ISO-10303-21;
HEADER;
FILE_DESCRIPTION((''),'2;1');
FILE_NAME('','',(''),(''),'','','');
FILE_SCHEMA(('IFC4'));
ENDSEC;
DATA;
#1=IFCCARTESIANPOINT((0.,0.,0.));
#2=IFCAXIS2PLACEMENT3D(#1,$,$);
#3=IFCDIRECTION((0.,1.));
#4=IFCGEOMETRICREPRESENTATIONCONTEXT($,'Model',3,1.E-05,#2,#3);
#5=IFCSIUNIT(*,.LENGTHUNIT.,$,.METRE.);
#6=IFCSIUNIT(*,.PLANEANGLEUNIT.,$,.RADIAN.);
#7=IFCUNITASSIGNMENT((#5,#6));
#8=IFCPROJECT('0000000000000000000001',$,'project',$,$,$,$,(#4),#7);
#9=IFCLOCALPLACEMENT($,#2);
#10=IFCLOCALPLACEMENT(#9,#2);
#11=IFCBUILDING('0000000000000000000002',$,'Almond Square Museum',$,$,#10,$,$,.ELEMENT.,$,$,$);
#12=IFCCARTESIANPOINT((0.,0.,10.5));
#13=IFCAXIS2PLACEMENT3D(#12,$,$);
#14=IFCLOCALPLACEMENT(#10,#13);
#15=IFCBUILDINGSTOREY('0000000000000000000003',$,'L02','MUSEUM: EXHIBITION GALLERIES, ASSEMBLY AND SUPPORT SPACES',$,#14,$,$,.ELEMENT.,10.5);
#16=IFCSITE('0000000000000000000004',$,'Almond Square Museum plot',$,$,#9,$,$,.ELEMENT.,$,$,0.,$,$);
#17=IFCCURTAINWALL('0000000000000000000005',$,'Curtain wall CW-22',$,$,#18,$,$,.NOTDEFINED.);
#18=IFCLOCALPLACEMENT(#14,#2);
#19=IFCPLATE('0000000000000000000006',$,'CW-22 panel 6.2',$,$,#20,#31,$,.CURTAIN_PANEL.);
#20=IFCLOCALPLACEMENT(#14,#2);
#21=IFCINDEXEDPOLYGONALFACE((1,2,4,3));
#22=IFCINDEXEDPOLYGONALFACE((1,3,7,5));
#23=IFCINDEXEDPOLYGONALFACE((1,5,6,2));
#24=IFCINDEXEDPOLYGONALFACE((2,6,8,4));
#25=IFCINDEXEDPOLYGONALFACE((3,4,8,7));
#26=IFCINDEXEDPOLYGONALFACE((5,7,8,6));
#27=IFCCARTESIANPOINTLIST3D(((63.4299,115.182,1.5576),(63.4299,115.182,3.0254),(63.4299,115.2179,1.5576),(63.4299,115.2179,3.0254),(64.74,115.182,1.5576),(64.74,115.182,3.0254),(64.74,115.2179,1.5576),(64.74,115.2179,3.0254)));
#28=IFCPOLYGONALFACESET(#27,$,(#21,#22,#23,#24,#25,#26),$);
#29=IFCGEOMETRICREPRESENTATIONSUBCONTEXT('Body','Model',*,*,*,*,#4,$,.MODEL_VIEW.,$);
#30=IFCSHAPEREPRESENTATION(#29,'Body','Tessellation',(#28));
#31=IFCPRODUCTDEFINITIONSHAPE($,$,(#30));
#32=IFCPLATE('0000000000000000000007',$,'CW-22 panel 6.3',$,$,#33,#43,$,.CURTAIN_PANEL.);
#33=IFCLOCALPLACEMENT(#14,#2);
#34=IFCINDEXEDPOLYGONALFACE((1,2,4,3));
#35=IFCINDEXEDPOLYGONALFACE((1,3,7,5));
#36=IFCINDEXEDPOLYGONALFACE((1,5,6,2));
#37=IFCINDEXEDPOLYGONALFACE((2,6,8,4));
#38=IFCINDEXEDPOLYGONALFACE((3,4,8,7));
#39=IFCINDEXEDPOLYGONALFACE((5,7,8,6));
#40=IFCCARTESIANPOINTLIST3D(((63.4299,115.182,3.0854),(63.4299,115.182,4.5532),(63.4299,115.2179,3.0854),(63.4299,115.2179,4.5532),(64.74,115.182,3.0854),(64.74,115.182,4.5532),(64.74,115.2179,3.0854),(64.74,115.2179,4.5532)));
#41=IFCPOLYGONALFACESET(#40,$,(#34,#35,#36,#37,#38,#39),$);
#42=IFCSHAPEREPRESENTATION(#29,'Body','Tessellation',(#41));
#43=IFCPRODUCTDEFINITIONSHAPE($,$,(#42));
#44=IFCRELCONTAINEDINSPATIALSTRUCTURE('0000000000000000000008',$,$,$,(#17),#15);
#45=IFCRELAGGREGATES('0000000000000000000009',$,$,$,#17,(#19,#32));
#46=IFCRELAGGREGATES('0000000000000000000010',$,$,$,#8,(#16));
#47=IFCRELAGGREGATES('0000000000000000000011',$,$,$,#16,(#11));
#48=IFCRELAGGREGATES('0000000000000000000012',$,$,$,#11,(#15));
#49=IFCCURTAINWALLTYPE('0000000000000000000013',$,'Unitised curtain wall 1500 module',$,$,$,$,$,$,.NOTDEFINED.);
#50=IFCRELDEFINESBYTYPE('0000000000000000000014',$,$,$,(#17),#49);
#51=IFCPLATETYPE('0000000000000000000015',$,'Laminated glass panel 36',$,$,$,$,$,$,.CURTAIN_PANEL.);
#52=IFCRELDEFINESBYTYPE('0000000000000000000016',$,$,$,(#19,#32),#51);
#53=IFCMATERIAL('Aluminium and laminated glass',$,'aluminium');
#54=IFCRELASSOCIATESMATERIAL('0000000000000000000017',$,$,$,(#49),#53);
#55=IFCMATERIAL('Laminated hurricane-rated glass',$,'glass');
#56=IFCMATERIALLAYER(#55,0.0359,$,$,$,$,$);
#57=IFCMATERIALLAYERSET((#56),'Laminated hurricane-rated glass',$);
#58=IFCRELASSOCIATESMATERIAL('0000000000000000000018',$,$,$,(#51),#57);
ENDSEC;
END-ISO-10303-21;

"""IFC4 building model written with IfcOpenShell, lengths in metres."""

from ifc_helpers import new_model, si_unit, direction, frame, origin, origin_2d, place, context, subcontext, project, spatial, rectangle, extrude, material, layer, layer_set, type_object, element, aggregate, save


model = new_model("IFC4")

# Units and contexts
model_context = context("Model", 3, precision=1e-05, world=origin(), true_north=direction((0.0, 1.0)))
body_context = subcontext(model_context, "Body", "Model", "MODEL_VIEW")
ifc_project = project(units=[si_unit("LENGTHUNIT", "METRE"), si_unit("PLANEANGLEUNIT", "RADIAN")], contexts=[model_context])

# Site, building, storey
site_placement = place(None, origin())
site = spatial("IfcSite", under=ifc_project, at=site_placement, Name="Almond Square Museum plot", CompositionType="ELEMENT", RefElevation=0.0)
building_placement = place(site_placement, origin())
building = spatial("IfcBuilding", under=site, at=building_placement, Name="Almond Square Museum", CompositionType="ELEMENT")
storey_placement = place(building_placement, frame((0.0, 0.0, 10.5)))
storey = spatial("IfcBuildingStorey", under=building, at=storey_placement, Name="L02", Description="MUSEUM: EXHIBITION GALLERIES, ASSEMBLY AND SUPPORT SPACES", CompositionType="ELEMENT", Elevation=10.5)

# Curtain wall
ifc_material_1 = material(Name="Aluminium and laminated glass", Category="aluminium")
curtain_wall_type = type_object("IfcCurtainWallType", Name="Unitised curtain wall 1500 module", PredefinedType="NOTDEFINED", material=ifc_material_1)
curtain_wall_1_placement = place(storey_placement, origin())
curtain_wall_1 = element("IfcCurtainWall", 1, at=curtain_wall_1_placement, inside=storey, type_object=curtain_wall_type, Name="Curtain wall CW-22", PredefinedType="NOTDEFINED")

# Plates
ifc_material_2 = material(Name="Laminated hurricane-rated glass", Category="glass")
ifc_layer = layer(ifc_material_2, 0.0359)
ifc_layer_set = layer_set([ifc_layer], Name="Laminated hurricane-rated glass")
plate_type = type_object("IfcPlateType", Name="Laminated glass panel 36", PredefinedType="CURTAIN_PANEL", material=ifc_layer_set)
plate_1_placement = place(storey_placement, frame((64.085, 115.2, 1.5576), z_axis=(0.0, 0.0, 1.0), x_axis=(1.0, 0.0, 0.0)))
plate_1 = element("IfcPlate", 2, at=plate_1_placement, type_object=plate_type, Name="CW-22 panel 6.2", PredefinedType="CURTAIN_PANEL", context=body_context, shape_type="SweptSolid", body=[
    extrude(rectangle(XDim=1.3101, YDim=0.0359, at=origin_2d()), origin(), (0.0, 0.0, 1.0), 1.4678),
])
plate_2_placement = place(storey_placement, frame((64.085, 115.2, 3.0854), z_axis=(0.0, 0.0, 1.0), x_axis=(1.0, 0.0, 0.0)))
plate_2 = element("IfcPlate", 3, at=plate_2_placement, type_object=plate_type, Name="CW-22 panel 6.3", PredefinedType="CURTAIN_PANEL", context=body_context, shape_type="SweptSolid", body=[
    extrude(rectangle(XDim=1.3101, YDim=0.0359, at=origin_2d()), origin(), (0.0, 0.0, 1.0), 1.4678),
])
aggregate(curtain_wall_1, [plate_1, plate_2])

save(model, "model.ifc")
